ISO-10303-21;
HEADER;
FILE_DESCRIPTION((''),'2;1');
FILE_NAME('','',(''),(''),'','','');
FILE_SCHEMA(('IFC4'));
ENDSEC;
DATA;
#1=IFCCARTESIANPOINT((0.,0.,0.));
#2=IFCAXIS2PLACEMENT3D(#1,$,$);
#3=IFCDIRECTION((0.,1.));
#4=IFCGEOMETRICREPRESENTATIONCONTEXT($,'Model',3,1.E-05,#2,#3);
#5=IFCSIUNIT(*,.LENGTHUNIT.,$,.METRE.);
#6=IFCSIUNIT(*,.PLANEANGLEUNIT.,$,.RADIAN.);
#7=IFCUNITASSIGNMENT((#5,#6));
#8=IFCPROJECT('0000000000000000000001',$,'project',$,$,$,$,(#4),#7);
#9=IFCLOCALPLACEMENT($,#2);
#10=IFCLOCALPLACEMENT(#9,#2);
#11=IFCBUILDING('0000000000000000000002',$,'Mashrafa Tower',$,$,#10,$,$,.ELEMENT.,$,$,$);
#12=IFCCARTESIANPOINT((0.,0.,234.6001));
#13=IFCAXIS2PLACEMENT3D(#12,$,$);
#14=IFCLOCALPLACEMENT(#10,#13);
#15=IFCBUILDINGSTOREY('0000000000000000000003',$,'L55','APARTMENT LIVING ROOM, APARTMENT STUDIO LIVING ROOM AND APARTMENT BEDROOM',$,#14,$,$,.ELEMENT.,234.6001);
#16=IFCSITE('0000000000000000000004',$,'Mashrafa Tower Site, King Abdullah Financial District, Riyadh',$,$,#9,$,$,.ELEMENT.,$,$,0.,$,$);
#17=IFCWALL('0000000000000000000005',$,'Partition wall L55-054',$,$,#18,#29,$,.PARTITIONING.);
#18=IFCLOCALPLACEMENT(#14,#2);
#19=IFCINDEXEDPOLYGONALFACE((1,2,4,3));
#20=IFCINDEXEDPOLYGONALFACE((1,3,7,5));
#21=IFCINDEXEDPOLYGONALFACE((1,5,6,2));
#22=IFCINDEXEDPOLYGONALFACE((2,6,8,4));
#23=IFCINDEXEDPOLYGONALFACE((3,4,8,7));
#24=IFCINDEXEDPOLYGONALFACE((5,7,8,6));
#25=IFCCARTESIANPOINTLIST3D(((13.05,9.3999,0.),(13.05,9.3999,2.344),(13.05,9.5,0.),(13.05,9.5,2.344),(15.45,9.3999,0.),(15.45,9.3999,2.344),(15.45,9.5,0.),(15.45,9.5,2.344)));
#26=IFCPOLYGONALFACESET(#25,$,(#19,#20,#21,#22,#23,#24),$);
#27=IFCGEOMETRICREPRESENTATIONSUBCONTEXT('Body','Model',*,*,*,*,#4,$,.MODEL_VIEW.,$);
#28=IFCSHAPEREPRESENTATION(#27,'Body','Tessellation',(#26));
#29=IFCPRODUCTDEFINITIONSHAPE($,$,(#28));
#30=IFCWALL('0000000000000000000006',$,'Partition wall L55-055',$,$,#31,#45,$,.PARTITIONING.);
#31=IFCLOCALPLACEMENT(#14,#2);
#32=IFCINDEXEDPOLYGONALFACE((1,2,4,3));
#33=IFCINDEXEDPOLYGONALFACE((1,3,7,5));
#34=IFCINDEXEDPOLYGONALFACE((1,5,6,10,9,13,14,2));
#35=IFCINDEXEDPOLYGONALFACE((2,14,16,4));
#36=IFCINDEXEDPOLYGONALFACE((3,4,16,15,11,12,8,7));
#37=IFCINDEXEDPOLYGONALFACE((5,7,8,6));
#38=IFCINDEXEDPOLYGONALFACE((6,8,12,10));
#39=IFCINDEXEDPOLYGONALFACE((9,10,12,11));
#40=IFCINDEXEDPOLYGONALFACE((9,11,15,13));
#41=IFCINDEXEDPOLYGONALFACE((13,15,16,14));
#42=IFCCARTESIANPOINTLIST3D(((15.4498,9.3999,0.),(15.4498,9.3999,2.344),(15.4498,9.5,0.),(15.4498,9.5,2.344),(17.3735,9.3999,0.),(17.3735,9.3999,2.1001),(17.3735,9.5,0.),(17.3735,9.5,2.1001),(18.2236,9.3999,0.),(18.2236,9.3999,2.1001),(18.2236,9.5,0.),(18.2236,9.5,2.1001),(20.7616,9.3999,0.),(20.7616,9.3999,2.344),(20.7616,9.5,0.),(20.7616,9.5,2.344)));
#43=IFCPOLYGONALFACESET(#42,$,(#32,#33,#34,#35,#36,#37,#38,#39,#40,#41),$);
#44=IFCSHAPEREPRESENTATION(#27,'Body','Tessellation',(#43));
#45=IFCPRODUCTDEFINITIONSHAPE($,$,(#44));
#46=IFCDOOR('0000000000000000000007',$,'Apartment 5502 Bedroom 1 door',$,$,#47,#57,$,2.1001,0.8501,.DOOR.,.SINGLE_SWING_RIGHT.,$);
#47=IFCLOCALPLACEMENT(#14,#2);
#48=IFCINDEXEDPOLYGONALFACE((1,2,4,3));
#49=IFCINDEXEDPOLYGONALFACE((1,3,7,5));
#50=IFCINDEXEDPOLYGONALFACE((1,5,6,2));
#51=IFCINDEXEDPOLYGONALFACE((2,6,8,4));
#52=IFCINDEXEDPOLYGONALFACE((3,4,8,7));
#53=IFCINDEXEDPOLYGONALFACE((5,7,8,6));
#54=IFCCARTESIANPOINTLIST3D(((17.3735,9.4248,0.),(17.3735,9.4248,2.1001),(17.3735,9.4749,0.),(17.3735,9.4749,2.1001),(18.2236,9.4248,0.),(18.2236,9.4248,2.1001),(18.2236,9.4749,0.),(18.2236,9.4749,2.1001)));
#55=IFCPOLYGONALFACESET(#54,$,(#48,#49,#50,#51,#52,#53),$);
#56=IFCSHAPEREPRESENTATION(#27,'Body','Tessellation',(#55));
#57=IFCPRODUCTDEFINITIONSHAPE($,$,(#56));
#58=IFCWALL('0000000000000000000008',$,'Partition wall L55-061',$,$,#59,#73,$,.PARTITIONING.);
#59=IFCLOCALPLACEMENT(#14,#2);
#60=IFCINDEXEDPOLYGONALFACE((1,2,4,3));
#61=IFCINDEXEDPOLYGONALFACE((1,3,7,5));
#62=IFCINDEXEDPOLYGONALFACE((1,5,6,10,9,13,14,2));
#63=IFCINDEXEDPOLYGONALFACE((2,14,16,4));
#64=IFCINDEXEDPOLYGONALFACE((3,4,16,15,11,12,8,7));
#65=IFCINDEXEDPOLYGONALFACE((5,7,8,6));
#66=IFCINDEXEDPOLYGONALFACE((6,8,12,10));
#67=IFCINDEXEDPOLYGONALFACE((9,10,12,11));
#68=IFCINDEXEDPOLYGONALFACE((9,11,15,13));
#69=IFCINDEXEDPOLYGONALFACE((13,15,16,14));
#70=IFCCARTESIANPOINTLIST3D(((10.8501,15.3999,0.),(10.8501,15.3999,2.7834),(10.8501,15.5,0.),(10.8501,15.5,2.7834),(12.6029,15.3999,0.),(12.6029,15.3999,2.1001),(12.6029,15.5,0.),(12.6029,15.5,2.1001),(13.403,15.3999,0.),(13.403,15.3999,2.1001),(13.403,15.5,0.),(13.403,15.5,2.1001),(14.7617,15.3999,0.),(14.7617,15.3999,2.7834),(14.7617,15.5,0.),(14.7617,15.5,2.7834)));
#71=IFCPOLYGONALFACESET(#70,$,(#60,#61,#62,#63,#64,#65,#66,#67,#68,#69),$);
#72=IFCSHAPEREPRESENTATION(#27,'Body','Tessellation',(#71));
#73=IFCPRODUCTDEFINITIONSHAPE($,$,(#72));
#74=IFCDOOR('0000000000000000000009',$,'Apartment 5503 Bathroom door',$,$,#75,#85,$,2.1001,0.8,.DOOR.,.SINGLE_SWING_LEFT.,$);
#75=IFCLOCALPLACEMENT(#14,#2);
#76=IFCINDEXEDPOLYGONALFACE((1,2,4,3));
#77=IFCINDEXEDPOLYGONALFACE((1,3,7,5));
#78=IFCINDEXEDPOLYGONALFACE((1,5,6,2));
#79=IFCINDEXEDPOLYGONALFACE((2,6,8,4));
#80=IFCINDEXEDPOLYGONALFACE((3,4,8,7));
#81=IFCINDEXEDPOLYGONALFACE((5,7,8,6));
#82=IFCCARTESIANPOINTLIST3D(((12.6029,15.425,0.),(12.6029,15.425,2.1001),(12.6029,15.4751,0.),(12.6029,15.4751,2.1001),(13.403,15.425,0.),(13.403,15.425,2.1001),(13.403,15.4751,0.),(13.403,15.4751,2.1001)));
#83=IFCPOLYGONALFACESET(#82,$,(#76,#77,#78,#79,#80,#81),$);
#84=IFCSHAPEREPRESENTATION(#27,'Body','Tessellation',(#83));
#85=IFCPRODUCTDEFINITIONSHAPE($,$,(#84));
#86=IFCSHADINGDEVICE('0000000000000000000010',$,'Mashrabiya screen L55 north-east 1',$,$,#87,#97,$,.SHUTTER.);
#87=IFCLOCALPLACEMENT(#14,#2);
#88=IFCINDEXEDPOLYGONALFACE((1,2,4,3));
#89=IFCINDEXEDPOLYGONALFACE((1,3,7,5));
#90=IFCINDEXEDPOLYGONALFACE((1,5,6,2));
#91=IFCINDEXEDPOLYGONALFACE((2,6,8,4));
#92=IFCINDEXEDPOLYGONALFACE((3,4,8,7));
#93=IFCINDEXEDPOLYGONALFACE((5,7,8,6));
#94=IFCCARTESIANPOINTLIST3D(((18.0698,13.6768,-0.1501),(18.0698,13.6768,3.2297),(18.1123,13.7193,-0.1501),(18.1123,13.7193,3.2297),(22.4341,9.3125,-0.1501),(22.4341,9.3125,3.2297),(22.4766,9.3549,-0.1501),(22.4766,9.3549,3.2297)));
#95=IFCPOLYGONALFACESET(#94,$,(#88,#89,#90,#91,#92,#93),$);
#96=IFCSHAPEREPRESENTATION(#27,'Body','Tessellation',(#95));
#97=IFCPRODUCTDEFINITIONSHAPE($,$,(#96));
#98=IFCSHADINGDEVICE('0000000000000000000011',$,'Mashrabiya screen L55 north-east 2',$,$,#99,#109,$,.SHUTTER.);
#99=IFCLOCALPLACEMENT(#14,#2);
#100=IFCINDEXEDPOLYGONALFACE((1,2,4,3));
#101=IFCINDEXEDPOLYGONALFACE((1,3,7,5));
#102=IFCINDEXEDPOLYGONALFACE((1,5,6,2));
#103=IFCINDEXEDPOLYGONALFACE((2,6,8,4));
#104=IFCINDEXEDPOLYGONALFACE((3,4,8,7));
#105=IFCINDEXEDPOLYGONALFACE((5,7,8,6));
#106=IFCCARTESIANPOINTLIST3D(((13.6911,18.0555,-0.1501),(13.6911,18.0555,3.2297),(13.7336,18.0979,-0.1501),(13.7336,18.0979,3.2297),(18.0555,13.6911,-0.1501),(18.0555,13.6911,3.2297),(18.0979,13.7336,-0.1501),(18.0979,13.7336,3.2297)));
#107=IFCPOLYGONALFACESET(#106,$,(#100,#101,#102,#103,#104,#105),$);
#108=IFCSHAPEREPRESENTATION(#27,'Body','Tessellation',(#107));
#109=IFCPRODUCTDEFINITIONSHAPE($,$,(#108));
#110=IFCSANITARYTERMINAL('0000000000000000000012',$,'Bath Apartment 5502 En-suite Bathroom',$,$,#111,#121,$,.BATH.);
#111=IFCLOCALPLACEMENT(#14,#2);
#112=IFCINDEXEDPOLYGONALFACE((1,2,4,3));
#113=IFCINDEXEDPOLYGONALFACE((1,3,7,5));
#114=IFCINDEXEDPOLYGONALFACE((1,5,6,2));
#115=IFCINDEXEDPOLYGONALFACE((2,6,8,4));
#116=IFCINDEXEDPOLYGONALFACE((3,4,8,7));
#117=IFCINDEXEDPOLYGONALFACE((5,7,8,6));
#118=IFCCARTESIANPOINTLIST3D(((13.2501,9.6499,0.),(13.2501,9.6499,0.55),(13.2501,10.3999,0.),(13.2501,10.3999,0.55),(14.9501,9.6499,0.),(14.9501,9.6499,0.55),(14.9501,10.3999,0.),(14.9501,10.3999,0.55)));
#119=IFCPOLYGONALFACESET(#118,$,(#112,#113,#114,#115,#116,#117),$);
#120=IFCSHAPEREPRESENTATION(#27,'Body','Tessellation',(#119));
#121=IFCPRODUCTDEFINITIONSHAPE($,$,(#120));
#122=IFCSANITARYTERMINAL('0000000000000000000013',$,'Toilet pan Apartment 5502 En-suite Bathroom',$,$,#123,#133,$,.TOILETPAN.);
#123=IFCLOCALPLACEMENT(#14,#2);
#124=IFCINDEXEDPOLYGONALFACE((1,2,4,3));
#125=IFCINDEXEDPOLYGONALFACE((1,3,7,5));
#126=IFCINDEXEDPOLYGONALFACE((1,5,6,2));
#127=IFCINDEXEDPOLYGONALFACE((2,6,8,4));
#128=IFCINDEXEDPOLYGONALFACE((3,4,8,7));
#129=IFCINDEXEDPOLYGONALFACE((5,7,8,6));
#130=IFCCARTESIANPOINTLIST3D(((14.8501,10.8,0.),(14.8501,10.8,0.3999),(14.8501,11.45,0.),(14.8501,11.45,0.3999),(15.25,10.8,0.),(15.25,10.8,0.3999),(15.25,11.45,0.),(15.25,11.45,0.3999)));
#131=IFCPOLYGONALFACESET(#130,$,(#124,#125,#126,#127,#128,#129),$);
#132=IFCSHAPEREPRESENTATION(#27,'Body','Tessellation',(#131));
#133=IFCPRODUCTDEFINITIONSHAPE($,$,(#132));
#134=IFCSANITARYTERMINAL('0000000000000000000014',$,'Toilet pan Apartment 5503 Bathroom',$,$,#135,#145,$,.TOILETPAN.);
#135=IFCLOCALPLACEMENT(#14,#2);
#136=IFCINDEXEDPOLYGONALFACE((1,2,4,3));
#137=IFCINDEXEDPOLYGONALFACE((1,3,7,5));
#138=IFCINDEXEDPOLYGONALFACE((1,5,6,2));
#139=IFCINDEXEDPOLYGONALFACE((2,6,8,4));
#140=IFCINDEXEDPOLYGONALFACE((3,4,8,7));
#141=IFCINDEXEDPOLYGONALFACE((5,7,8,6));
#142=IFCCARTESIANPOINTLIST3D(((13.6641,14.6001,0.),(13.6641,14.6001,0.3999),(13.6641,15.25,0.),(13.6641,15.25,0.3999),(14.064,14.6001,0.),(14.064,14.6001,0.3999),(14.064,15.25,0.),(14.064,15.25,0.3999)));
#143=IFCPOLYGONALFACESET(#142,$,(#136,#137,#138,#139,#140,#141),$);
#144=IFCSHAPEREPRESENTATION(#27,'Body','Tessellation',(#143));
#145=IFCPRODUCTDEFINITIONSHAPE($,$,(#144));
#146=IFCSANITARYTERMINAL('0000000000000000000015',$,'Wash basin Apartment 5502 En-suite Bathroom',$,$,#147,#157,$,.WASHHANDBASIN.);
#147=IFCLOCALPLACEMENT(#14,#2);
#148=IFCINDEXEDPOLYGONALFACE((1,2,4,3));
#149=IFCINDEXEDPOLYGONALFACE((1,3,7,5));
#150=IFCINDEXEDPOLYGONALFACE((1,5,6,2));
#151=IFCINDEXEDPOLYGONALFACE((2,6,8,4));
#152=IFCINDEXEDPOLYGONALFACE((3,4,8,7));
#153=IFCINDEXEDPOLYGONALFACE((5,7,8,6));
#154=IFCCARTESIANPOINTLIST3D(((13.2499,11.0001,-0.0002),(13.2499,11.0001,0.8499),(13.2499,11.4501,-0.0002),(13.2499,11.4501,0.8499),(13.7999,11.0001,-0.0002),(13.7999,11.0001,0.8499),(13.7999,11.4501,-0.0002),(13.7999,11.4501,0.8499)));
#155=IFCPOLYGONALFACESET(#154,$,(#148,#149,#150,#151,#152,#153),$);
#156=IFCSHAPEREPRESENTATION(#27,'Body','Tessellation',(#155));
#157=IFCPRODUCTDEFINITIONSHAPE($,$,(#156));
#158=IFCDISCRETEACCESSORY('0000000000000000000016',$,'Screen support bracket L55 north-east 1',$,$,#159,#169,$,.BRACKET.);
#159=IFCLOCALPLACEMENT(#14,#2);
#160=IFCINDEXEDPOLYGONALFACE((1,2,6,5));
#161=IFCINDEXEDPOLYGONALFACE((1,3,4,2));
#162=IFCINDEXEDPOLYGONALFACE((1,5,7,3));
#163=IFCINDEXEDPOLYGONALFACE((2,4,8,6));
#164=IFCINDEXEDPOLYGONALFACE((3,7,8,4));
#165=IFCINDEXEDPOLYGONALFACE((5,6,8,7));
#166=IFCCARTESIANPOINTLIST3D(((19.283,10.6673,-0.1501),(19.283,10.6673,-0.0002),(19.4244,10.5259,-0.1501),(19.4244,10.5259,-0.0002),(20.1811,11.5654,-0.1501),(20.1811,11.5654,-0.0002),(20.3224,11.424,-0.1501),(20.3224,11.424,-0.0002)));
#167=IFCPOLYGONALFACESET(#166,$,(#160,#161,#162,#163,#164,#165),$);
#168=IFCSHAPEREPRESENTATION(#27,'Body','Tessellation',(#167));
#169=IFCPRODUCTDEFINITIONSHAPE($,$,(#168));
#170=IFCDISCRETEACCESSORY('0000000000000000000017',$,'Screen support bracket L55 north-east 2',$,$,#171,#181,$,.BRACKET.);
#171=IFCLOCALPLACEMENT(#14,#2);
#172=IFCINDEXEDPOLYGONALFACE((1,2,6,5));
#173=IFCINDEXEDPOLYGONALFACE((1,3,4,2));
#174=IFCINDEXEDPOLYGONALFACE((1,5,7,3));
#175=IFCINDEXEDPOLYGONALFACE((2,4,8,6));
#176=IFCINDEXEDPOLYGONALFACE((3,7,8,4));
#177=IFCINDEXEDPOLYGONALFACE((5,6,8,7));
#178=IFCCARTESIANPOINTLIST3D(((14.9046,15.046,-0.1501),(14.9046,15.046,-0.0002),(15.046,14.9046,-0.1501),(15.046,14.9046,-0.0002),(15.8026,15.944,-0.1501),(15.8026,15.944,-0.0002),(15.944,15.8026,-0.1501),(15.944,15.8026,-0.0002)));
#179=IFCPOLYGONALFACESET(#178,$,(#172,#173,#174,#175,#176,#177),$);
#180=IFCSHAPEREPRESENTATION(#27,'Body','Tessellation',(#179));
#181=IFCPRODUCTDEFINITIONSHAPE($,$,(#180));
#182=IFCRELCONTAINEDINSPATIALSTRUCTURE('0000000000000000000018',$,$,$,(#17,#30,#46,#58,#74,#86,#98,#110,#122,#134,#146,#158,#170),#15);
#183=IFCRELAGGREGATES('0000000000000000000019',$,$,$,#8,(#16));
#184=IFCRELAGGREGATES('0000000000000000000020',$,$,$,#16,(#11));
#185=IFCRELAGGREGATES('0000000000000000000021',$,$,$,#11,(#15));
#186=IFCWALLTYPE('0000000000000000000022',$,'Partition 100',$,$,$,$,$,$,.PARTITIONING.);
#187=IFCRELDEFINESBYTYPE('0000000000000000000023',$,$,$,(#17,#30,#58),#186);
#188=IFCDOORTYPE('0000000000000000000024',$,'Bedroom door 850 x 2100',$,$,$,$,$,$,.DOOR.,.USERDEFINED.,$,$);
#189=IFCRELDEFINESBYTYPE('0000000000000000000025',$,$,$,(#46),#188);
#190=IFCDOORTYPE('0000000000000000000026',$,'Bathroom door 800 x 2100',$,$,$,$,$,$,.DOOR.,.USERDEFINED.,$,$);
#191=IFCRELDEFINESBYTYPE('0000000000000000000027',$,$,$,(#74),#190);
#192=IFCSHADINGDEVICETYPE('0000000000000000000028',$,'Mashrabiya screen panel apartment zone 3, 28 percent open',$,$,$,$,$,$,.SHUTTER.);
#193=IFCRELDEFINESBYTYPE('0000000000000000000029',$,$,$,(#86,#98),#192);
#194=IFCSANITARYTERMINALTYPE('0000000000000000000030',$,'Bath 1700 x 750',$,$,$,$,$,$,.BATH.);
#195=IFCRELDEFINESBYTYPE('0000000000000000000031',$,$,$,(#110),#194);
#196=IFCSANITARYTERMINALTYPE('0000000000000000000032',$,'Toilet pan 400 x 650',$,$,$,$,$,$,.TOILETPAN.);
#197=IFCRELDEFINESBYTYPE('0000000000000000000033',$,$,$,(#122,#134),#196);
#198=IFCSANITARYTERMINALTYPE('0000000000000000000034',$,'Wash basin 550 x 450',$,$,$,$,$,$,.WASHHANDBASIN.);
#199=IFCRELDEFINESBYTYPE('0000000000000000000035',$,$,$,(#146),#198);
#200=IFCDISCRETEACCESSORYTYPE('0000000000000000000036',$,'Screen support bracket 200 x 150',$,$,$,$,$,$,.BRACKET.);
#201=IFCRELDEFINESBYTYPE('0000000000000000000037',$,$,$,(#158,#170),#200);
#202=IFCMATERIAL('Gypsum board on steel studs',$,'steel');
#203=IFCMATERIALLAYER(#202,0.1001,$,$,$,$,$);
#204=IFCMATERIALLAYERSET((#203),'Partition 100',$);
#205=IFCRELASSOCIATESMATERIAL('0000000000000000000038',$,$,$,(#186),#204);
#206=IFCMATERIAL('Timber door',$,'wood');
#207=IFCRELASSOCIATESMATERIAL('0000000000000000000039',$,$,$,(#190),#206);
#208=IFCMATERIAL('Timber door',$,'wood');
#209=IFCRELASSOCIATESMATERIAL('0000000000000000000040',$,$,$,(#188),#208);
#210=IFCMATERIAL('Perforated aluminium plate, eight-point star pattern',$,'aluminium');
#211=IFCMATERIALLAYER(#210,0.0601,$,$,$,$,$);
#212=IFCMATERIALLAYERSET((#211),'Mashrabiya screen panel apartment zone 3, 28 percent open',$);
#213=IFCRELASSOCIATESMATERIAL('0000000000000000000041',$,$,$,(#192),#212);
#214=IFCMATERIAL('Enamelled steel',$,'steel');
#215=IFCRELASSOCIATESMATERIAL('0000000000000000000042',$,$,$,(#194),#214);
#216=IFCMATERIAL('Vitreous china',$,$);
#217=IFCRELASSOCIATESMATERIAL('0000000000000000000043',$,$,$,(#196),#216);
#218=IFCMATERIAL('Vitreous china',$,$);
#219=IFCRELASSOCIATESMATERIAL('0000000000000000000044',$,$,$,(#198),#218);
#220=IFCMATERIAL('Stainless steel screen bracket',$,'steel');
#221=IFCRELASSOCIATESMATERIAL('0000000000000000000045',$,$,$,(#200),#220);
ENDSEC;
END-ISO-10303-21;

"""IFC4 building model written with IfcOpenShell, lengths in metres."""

from ifc_helpers import new_model, si_unit, direction, frame, frame_2d, origin, origin_2d, place, context, subcontext, project, spatial, rectangle, extrude, source, transform, mapped, material, layer, layer_set, type_object, type_shapes, element, fill, save


model = new_model("IFC4")

# Units and contexts
model_context = context("Model", 3, precision=1e-05, world=origin(), true_north=direction((0.0, 1.0)))
body_context = subcontext(model_context, "Body", "Model", "MODEL_VIEW")
ifc_project = project(units=[si_unit("LENGTHUNIT", "METRE"), si_unit("PLANEANGLEUNIT", "RADIAN")], contexts=[model_context])

# Site, building, storey
site_placement = place(None, origin())
site = spatial("IfcSite", under=ifc_project, at=site_placement, Name="Mashrafa Tower Site, King Abdullah Financial District, Riyadh", CompositionType="ELEMENT", RefElevation=0.0)
building_placement = place(site_placement, origin())
building = spatial("IfcBuilding", under=site, at=building_placement, Name="Mashrafa Tower", CompositionType="ELEMENT")
storey_placement = place(building_placement, frame((0.0, 0.0, 234.6001)))
storey = spatial("IfcBuildingStorey", under=building, at=storey_placement, Name="L55", Description="APARTMENT LIVING ROOM, APARTMENT STUDIO LIVING ROOM AND APARTMENT BEDROOM", CompositionType="ELEMENT", Elevation=234.6001)

# Shared definitions
ifc_material_1 = material(Name="Gypsum board on steel studs", Category="steel")
ifc_layer_1 = layer(ifc_material_1, 0.1001)
ifc_layer_set_1 = layer_set([ifc_layer_1], Name="Partition 100")
wall_type_1 = type_object("IfcWallType", Name="Partition 100", PredefinedType="PARTITIONING", material=ifc_layer_set_1)

# Shared definitions
ifc_material_2 = material(Name="Timber door", Category="wood")
door_type_1 = type_object("IfcDoorType", Name="Bathroom door 800 x 2100", OperationType="USERDEFINED", PredefinedType="DOOR", material=ifc_material_2)

# Wall
wall_1_placement = place(storey_placement, frame((13.05, 9.45, 0.0), z_axis=(0.0, 0.0, 1.0), x_axis=(1.0, 0.0, 0.0)))
element("IfcWall", 1, at=wall_1_placement, inside=storey, type_object=wall_type_1, Name="Partition wall L55-054", PredefinedType="PARTITIONING", context=body_context, shape_type="SweptSolid", body=[
    extrude(rectangle(XDim=2.3999, YDim=0.1001, at=frame_2d((1.2, 0.0))), origin(), (0.0, 0.0, 1.0), 2.344),
])

# Walls, openings, doors
wall_2_placement = place(storey_placement, frame((15.45, 9.45, 0.0), z_axis=(0.0, 0.0, 1.0), x_axis=(1.0, 0.0, 0.0)))
wall_2 = element("IfcWall", 2, at=wall_2_placement, inside=storey, type_object=wall_type_1, Name="Partition wall L55-055", PredefinedType="PARTITIONING", context=body_context, shape_type="SweptSolid", body=[
    extrude(rectangle(XDim=5.3118, YDim=0.1001, at=frame_2d((2.6558, 0.0))), origin(), (0.0, 0.0, 1.0), 2.344),
])
opening_1_placement = place(wall_2_placement, frame((1.9236, 0.0, 0.0)))
opening_1 = element("IfcOpeningElement", 3, at=opening_1_placement, cuts=wall_2, PredefinedType="OPENING", context=body_context, shape_type="SweptSolid", body=[
    extrude(rectangle(XDim=0.8501, YDim=2.1001, at=frame_2d((0.425, 1.05))), frame((0.0, 0.0601, 0.0), z_axis=(0.0, -1.0, 0.0), x_axis=(1.0, 0.0, 0.0)), (0.0, 0.0, 1.0), 0.1201),
])
ifc_material_3 = material(Name="Timber door", Category="wood")
door_type_2 = type_object("IfcDoorType", Name="Bedroom door 850 x 2100", OperationType="USERDEFINED", PredefinedType="DOOR", material=ifc_material_3)
door_1_placement = place(opening_1_placement, origin())
door_1 = element("IfcDoor", 4, at=door_1_placement, inside=storey, type_object=door_type_2, Name="Apartment 5502 Bedroom 1 door", OperationType="SINGLE_SWING_RIGHT", OverallHeight=2.1001, OverallWidth=0.8501, PredefinedType="DOOR", context=body_context, shape_type="SweptSolid", body=[
    extrude(rectangle(XDim=0.8501, YDim=2.1001, at=frame_2d((0.425, 1.05))), frame((0.0, 0.0249, 0.0), z_axis=(0.0, -1.0, 0.0), x_axis=(1.0, 0.0, 0.0)), (0.0, 0.0, 1.0), 0.05),
])
fill(opening_1, door_1)
wall_3_placement = place(storey_placement, frame((14.7617, 15.45, 0.0), z_axis=(0.0, 0.0, 1.0), x_axis=(-1.0, 0.0, 0.0)))
wall_3 = element("IfcWall", 5, at=wall_3_placement, inside=storey, type_object=wall_type_1, Name="Partition wall L55-061", PredefinedType="PARTITIONING", context=body_context, shape_type="SweptSolid", body=[
    extrude(rectangle(XDim=3.9116, YDim=0.1001, at=frame_2d((1.9558, 0.0))), origin(), (0.0, 0.0, 1.0), 2.7834),
])
opening_2_placement = place(wall_3_placement, frame((1.3589, 0.0, 0.0)))
opening_2 = element("IfcOpeningElement", 6, at=opening_2_placement, cuts=wall_3, PredefinedType="OPENING", context=body_context, shape_type="SweptSolid", body=[
    extrude(rectangle(XDim=0.8, YDim=2.1001, at=frame_2d((0.3999, 1.05))), frame((0.0, 0.0601, 0.0), z_axis=(0.0, -1.0, 0.0), x_axis=(1.0, 0.0, 0.0)), (0.0, 0.0, 1.0), 0.1201),
])
door_2_placement = place(opening_2_placement, origin())
door_2 = element("IfcDoor", 7, at=door_2_placement, inside=storey, type_object=door_type_1, Name="Apartment 5503 Bathroom door", OperationType="SINGLE_SWING_LEFT", OverallHeight=2.1001, OverallWidth=0.8, PredefinedType="DOOR", context=body_context, shape_type="SweptSolid", body=[
    extrude(rectangle(XDim=0.8, YDim=2.1001, at=frame_2d((0.3999, 1.05))), frame((0.0, 0.0249, 0.0), z_axis=(0.0, -1.0, 0.0), x_axis=(1.0, 0.0, 0.0)), (0.0, 0.0, 1.0), 0.05),
])
fill(opening_2, door_2)

# Shading devices
ifc_material_4 = material(Name="Perforated aluminium plate, eight-point star pattern", Category="aluminium")
ifc_layer_2 = layer(ifc_material_4, 0.0601)
ifc_layer_set_2 = layer_set([ifc_layer_2], Name="Mashrabiya screen panel apartment zone 3, 28 percent open")
shading_device_type = type_object("IfcShadingDeviceType", Name="Mashrabiya screen panel apartment zone 3, 28 percent open", PredefinedType="SHUTTER", material=ifc_layer_set_2)
shared_shape_1 = source(origin(), body_context, "Body", "SweptSolid", [
    extrude(rectangle(XDim=6.1721, YDim=0.0601, at=origin_2d()), origin(), (0.0, 0.0, 1.0), 3.3799),
])
type_shapes(shading_device_type, [shared_shape_1])
for number, where, z_axis, x_axis, name in (
    (8, (20.2732, 11.5159, -0.1501), (0.0, 0.0, 1.0), (-0.707107, 0.707107, 0.0), "Mashrabiya screen L55 north-east 1"),
    (9, (15.8945, 15.8945, -0.1501), (0.0, 0.0, 1.0), (-0.707107, 0.707107, 0.0), "Mashrabiya screen L55 north-east 2"),
):
    element("IfcShadingDevice", number, at=place(storey_placement, frame(where, z_axis=z_axis, x_axis=x_axis)), inside=storey, type_object=shading_device_type, Name=name, PredefinedType="SHUTTER", context=body_context, shape_type="MappedRepresentation", body=[
        mapped(shared_shape_1, transform((0.0, 0.0, 0.0))),
    ])

# Sanitary terminals
ifc_material_5 = material(Name="Enamelled steel", Category="steel")
sanitary_terminal_type_1 = type_object("IfcSanitaryTerminalType", Name="Bath 1700 x 750", PredefinedType="BATH", material=ifc_material_5)
sanitary_terminal_1_placement = place(storey_placement, frame((14.1001, 10.0249, 0.0), z_axis=(0.0, 0.0, 1.0), x_axis=(1.0, 0.0, 0.0)))
element("IfcSanitaryTerminal", 10, at=sanitary_terminal_1_placement, inside=storey, type_object=sanitary_terminal_type_1, Name="Bath Apartment 5502 En-suite Bathroom", PredefinedType="BATH", context=body_context, shape_type="SweptSolid", body=[
    extrude(rectangle(XDim=1.7, YDim=0.75, at=origin_2d()), origin(), (0.0, 0.0, 1.0), 0.55),
])
ifc_material_6 = material(Name="Vitreous china")
sanitary_terminal_type_2 = type_object("IfcSanitaryTerminalType", Name="Toilet pan 400 x 650", PredefinedType="TOILETPAN", material=ifc_material_6)
for number, where, z_axis, x_axis, name in (
    (11, (15.05, 11.125, 0.0), (0.0, 0.0, 1.0), (-1.0, 0.0, 0.0), "Toilet pan Apartment 5502 En-suite Bathroom"),
    (12, (13.864, 14.925, 0.0), (0.0, 0.0, 1.0), (-1.0, 0.0, 0.0), "Toilet pan Apartment 5503 Bathroom"),
):
    element("IfcSanitaryTerminal", number, at=place(storey_placement, frame(where, z_axis=z_axis, x_axis=x_axis)), inside=storey, type_object=sanitary_terminal_type_2, Name=name, PredefinedType="TOILETPAN", context=body_context, shape_type="SweptSolid", body=[
        extrude(rectangle(XDim=0.3999, YDim=0.6499, at=origin_2d()), origin(), (0.0, 0.0, 1.0), 0.3999),
    ])
ifc_material_7 = material(Name="Vitreous china")
sanitary_terminal_type_3 = type_object("IfcSanitaryTerminalType", Name="Wash basin 550 x 450", PredefinedType="WASHHANDBASIN", material=ifc_material_7)
sanitary_terminal_2_placement = place(storey_placement, frame((13.5249, 11.2251, -0.0002), z_axis=(0.0, 0.0, 1.0), x_axis=(-1.0, 0.0, 0.0)))
element("IfcSanitaryTerminal", 13, at=sanitary_terminal_2_placement, inside=storey, type_object=sanitary_terminal_type_3, Name="Wash basin Apartment 5502 En-suite Bathroom", PredefinedType="WASHHANDBASIN", context=body_context, shape_type="SweptSolid", body=[
    extrude(rectangle(XDim=0.55, YDim=0.45, at=origin_2d()), origin(), (0.0, 0.0, 1.0), 0.8501),
])

# Discrete accessories
ifc_material_8 = material(Name="Stainless steel screen bracket", Category="steel")
discrete_accessory_type = type_object("IfcDiscreteAccessoryType", Name="Screen support bracket 200 x 150", PredefinedType="BRACKET", material=ifc_material_8)
shared_shape_2 = source(origin(), body_context, "Body", "SweptSolid", [
    extrude(rectangle(XDim=0.2, YDim=1.27, at=origin_2d()), origin(), (0.0, 0.0, 1.0), 0.1499),
])
type_shapes(discrete_accessory_type, [shared_shape_2])
for number, where, z_axis, x_axis, name in (
    (14, (19.8027, 11.0457, -0.1501), (0.0, 0.0, 1.0), (-0.707107, 0.707107, 0.0), "Screen support bracket L55 north-east 1"),
    (15, (15.4243, 15.4243, -0.1501), (0.0, 0.0, 1.0), (-0.707107, 0.707107, 0.0), "Screen support bracket L55 north-east 2"),
):
    element("IfcDiscreteAccessory", number, at=place(storey_placement, frame(where, z_axis=z_axis, x_axis=x_axis)), inside=storey, type_object=discrete_accessory_type, Name=name, PredefinedType="BRACKET", context=body_context, shape_type="MappedRepresentation", body=[
        mapped(shared_shape_2, transform((0.0, 0.0, 0.0))),
    ])

save(model, "model.ifc")
